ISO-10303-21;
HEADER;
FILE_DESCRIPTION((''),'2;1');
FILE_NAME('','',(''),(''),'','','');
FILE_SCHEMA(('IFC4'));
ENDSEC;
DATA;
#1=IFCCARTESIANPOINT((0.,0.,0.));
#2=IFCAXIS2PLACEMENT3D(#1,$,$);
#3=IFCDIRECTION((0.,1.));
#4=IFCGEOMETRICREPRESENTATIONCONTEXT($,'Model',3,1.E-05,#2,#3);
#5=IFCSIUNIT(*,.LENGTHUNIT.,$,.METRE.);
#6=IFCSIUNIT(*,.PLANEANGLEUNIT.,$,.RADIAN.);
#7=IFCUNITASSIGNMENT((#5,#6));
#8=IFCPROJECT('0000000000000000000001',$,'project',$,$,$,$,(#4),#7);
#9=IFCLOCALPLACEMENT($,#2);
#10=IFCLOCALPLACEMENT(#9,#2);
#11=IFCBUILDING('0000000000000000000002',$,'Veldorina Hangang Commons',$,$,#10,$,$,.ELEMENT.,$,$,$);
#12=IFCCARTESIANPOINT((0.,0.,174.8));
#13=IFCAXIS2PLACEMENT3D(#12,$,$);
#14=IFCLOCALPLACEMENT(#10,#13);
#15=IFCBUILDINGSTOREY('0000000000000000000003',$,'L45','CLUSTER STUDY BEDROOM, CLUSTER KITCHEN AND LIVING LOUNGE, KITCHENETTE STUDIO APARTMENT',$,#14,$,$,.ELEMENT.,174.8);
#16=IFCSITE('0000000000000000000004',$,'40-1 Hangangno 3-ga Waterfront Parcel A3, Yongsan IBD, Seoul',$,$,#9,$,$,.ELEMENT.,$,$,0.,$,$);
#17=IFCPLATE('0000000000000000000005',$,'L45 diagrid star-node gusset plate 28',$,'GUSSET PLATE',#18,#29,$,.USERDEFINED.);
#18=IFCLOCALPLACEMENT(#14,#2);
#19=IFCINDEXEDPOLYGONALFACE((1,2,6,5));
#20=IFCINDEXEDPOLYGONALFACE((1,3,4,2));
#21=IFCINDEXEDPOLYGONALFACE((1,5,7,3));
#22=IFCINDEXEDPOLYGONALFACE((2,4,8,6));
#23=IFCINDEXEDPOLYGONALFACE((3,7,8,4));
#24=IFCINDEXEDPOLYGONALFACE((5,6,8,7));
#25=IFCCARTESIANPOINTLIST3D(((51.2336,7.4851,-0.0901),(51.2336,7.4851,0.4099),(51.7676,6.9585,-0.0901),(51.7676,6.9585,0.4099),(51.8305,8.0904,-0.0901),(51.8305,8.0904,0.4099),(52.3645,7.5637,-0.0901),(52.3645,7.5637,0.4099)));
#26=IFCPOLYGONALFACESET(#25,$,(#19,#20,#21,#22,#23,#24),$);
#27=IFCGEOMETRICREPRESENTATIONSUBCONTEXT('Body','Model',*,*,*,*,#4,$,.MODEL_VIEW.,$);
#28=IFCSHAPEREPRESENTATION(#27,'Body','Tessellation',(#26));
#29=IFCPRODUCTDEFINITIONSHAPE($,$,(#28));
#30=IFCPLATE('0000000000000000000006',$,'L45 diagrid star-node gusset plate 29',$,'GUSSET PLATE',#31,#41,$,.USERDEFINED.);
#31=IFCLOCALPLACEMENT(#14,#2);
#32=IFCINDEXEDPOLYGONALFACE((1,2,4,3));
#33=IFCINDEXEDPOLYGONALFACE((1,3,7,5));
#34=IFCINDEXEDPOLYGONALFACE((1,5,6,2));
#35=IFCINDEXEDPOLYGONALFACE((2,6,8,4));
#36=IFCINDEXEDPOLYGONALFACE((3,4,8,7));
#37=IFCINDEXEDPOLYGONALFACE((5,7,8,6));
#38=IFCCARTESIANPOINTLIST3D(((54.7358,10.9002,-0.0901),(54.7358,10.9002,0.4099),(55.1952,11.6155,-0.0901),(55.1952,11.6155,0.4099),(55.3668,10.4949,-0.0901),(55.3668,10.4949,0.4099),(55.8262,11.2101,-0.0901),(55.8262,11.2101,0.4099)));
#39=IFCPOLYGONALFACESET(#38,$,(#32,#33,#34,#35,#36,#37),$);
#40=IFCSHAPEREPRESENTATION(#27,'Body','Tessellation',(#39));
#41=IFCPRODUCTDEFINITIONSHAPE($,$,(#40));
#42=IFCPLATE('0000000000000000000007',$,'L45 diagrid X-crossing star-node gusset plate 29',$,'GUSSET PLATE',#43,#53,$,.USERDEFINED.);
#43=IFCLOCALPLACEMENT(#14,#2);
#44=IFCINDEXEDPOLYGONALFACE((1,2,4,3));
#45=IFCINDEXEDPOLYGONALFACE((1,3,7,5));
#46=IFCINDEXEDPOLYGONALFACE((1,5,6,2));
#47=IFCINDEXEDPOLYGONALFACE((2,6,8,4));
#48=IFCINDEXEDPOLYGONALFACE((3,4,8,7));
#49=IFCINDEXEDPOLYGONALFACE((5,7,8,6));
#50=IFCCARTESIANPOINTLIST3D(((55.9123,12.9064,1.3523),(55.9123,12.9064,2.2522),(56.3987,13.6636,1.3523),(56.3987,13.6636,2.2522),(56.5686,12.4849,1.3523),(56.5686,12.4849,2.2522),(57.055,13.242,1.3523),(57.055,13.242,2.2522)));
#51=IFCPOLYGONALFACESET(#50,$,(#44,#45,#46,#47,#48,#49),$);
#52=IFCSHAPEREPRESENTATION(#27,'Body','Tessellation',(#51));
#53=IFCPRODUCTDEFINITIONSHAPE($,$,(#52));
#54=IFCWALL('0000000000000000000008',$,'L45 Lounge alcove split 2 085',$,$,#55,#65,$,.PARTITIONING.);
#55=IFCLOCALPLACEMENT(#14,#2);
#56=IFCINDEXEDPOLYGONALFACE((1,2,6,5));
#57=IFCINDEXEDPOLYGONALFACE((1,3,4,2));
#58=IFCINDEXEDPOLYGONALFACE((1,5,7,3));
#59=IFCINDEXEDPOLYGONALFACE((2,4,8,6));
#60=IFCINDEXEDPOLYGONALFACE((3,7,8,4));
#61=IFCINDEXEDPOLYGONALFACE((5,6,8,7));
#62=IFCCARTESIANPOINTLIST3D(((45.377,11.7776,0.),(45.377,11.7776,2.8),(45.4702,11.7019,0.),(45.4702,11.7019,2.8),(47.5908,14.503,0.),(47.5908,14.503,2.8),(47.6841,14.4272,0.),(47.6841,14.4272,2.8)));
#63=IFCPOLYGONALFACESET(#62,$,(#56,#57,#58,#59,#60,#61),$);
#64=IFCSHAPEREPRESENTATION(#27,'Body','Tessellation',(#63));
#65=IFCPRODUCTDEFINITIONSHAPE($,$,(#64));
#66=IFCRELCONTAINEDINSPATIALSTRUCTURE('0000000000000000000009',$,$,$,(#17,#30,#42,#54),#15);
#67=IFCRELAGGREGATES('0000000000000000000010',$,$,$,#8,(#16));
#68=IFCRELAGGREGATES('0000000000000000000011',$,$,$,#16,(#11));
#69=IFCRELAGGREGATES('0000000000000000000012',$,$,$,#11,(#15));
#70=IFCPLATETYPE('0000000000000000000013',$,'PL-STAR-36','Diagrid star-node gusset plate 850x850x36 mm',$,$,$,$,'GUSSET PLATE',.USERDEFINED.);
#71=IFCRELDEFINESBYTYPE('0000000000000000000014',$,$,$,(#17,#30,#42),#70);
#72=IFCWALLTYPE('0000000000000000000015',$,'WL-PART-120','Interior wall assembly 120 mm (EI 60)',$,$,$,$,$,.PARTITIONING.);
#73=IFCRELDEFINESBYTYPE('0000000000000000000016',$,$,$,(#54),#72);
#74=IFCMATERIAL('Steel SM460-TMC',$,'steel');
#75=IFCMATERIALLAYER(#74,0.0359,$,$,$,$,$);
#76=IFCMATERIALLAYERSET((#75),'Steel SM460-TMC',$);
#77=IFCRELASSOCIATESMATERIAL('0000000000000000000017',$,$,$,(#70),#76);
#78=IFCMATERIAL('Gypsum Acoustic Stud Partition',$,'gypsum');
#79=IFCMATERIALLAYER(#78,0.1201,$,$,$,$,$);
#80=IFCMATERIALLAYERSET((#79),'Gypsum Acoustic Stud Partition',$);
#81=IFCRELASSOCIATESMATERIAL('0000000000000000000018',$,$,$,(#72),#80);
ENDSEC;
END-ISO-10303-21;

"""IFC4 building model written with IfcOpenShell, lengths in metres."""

from ifc_helpers import new_model, si_unit, direction, frame, frame_2d, origin, origin_2d, place, context, subcontext, project, spatial, rectangle, extrude, material, layer, layer_set, type_object, element, save


model = new_model("IFC4")

# Units and contexts
model_context = context("Model", 3, precision=1e-05, world=origin(), true_north=direction((0.0, 1.0)))
body_context = subcontext(model_context, "Body", "Model", "MODEL_VIEW")
ifc_project = project(units=[si_unit("LENGTHUNIT", "METRE"), si_unit("PLANEANGLEUNIT", "RADIAN")], contexts=[model_context])

# Site, building, storey
site_placement = place(None, origin())
site = spatial("IfcSite", under=ifc_project, at=site_placement, Name="40-1 Hangangno 3-ga Waterfront Parcel A3, Yongsan IBD, Seoul", CompositionType="ELEMENT", RefElevation=0.0)
building_placement = place(site_placement, origin())
building = spatial("IfcBuilding", under=site, at=building_placement, Name="Veldorina Hangang Commons", CompositionType="ELEMENT")
storey_placement = place(building_placement, frame((0.0, 0.0, 174.8)))
storey = spatial("IfcBuildingStorey", under=building, at=storey_placement, Name="L45", Description="CLUSTER STUDY BEDROOM, CLUSTER KITCHEN AND LIVING LOUNGE, KITCHENETTE STUDIO APARTMENT", CompositionType="ELEMENT", Elevation=174.8)

# Plates
ifc_material_1 = material(Name="Steel SM460-TMC", Category="steel")
ifc_layer_1 = layer(ifc_material_1, 0.0359)
ifc_layer_set_1 = layer_set([ifc_layer_1], Name="Steel SM460-TMC")
plate_type_1 = type_object("IfcPlateType", Name="PL-STAR-36", Description="Diagrid star-node gusset plate 850x850x36 mm", ElementType="GUSSET PLATE", PredefinedType="USERDEFINED", material=ifc_layer_set_1)
for number, where, z_axis, x_axis, name in (
    (1, (51.7991, 7.5244, -0.0901), (0.0, 0.0, 1.0), (0.702178, 0.712002, 0.0), "L45 diagrid star-node gusset plate 28"),
    (2, (55.281, 11.0552, -0.0901), (0.0, 0.0, 1.0), (0.540446, 0.841379, 0.0), "L45 diagrid star-node gusset plate 29"),
):
    element("IfcPlate", number, at=place(storey_placement, frame(where, z_axis=z_axis, x_axis=x_axis)), inside=storey, type_object=plate_type_1, Name=name, ObjectType="GUSSET PLATE", PredefinedType="USERDEFINED", context=body_context, shape_type="SweptSolid", body=[
        extrude(rectangle(XDim=0.8501, YDim=0.75, at=origin_2d()), origin(), (0.0, 0.0, 1.0), 0.5),
    ])
plate_1_placement = place(storey_placement, frame((56.4836, 13.0742, 1.3523), z_axis=(0.0, 0.0, 1.0), x_axis=(0.540446, 0.841379, 0.0)))
element("IfcPlate", 3, at=plate_1_placement, inside=storey, type_object=plate_type_1, Name="L45 diagrid X-crossing star-node gusset plate 29", ObjectType="GUSSET PLATE", PredefinedType="USERDEFINED", context=body_context, shape_type="SweptSolid", body=[
    extrude(rectangle(XDim=0.8999, YDim=0.78, at=origin_2d()), origin(), (0.0, 0.0, 1.0), 0.8999),
])

# Wall
ifc_material_2 = material(Name="Gypsum Acoustic Stud Partition", Category="gypsum")
ifc_layer_2 = layer(ifc_material_2, 0.1201)
ifc_layer_set_2 = layer_set([ifc_layer_2], Name="Gypsum Acoustic Stud Partition")
wall_type_1 = type_object("IfcWallType", Name="WL-PART-120", Description="Interior wall assembly 120 mm (EI 60)", PredefinedType="PARTITIONING", material=ifc_layer_set_2)
wall_1_placement = place(storey_placement, frame((45.4236, 11.7397, 0.0), z_axis=(0.0, 0.0, 1.0), x_axis=(0.630511, 0.77618, 0.0)))
element("IfcWall", 4, at=wall_1_placement, inside=storey, type_object=wall_type_1, Name="L45 Lounge alcove split 2 085", PredefinedType="PARTITIONING", context=body_context, shape_type="SweptSolid", body=[
    extrude(rectangle(XDim=3.5112, YDim=0.1201, at=frame_2d((1.7556, 0.0))), origin(), (0.0, 0.0, 1.0), 2.8),
])

save(model, "model.ifc")
